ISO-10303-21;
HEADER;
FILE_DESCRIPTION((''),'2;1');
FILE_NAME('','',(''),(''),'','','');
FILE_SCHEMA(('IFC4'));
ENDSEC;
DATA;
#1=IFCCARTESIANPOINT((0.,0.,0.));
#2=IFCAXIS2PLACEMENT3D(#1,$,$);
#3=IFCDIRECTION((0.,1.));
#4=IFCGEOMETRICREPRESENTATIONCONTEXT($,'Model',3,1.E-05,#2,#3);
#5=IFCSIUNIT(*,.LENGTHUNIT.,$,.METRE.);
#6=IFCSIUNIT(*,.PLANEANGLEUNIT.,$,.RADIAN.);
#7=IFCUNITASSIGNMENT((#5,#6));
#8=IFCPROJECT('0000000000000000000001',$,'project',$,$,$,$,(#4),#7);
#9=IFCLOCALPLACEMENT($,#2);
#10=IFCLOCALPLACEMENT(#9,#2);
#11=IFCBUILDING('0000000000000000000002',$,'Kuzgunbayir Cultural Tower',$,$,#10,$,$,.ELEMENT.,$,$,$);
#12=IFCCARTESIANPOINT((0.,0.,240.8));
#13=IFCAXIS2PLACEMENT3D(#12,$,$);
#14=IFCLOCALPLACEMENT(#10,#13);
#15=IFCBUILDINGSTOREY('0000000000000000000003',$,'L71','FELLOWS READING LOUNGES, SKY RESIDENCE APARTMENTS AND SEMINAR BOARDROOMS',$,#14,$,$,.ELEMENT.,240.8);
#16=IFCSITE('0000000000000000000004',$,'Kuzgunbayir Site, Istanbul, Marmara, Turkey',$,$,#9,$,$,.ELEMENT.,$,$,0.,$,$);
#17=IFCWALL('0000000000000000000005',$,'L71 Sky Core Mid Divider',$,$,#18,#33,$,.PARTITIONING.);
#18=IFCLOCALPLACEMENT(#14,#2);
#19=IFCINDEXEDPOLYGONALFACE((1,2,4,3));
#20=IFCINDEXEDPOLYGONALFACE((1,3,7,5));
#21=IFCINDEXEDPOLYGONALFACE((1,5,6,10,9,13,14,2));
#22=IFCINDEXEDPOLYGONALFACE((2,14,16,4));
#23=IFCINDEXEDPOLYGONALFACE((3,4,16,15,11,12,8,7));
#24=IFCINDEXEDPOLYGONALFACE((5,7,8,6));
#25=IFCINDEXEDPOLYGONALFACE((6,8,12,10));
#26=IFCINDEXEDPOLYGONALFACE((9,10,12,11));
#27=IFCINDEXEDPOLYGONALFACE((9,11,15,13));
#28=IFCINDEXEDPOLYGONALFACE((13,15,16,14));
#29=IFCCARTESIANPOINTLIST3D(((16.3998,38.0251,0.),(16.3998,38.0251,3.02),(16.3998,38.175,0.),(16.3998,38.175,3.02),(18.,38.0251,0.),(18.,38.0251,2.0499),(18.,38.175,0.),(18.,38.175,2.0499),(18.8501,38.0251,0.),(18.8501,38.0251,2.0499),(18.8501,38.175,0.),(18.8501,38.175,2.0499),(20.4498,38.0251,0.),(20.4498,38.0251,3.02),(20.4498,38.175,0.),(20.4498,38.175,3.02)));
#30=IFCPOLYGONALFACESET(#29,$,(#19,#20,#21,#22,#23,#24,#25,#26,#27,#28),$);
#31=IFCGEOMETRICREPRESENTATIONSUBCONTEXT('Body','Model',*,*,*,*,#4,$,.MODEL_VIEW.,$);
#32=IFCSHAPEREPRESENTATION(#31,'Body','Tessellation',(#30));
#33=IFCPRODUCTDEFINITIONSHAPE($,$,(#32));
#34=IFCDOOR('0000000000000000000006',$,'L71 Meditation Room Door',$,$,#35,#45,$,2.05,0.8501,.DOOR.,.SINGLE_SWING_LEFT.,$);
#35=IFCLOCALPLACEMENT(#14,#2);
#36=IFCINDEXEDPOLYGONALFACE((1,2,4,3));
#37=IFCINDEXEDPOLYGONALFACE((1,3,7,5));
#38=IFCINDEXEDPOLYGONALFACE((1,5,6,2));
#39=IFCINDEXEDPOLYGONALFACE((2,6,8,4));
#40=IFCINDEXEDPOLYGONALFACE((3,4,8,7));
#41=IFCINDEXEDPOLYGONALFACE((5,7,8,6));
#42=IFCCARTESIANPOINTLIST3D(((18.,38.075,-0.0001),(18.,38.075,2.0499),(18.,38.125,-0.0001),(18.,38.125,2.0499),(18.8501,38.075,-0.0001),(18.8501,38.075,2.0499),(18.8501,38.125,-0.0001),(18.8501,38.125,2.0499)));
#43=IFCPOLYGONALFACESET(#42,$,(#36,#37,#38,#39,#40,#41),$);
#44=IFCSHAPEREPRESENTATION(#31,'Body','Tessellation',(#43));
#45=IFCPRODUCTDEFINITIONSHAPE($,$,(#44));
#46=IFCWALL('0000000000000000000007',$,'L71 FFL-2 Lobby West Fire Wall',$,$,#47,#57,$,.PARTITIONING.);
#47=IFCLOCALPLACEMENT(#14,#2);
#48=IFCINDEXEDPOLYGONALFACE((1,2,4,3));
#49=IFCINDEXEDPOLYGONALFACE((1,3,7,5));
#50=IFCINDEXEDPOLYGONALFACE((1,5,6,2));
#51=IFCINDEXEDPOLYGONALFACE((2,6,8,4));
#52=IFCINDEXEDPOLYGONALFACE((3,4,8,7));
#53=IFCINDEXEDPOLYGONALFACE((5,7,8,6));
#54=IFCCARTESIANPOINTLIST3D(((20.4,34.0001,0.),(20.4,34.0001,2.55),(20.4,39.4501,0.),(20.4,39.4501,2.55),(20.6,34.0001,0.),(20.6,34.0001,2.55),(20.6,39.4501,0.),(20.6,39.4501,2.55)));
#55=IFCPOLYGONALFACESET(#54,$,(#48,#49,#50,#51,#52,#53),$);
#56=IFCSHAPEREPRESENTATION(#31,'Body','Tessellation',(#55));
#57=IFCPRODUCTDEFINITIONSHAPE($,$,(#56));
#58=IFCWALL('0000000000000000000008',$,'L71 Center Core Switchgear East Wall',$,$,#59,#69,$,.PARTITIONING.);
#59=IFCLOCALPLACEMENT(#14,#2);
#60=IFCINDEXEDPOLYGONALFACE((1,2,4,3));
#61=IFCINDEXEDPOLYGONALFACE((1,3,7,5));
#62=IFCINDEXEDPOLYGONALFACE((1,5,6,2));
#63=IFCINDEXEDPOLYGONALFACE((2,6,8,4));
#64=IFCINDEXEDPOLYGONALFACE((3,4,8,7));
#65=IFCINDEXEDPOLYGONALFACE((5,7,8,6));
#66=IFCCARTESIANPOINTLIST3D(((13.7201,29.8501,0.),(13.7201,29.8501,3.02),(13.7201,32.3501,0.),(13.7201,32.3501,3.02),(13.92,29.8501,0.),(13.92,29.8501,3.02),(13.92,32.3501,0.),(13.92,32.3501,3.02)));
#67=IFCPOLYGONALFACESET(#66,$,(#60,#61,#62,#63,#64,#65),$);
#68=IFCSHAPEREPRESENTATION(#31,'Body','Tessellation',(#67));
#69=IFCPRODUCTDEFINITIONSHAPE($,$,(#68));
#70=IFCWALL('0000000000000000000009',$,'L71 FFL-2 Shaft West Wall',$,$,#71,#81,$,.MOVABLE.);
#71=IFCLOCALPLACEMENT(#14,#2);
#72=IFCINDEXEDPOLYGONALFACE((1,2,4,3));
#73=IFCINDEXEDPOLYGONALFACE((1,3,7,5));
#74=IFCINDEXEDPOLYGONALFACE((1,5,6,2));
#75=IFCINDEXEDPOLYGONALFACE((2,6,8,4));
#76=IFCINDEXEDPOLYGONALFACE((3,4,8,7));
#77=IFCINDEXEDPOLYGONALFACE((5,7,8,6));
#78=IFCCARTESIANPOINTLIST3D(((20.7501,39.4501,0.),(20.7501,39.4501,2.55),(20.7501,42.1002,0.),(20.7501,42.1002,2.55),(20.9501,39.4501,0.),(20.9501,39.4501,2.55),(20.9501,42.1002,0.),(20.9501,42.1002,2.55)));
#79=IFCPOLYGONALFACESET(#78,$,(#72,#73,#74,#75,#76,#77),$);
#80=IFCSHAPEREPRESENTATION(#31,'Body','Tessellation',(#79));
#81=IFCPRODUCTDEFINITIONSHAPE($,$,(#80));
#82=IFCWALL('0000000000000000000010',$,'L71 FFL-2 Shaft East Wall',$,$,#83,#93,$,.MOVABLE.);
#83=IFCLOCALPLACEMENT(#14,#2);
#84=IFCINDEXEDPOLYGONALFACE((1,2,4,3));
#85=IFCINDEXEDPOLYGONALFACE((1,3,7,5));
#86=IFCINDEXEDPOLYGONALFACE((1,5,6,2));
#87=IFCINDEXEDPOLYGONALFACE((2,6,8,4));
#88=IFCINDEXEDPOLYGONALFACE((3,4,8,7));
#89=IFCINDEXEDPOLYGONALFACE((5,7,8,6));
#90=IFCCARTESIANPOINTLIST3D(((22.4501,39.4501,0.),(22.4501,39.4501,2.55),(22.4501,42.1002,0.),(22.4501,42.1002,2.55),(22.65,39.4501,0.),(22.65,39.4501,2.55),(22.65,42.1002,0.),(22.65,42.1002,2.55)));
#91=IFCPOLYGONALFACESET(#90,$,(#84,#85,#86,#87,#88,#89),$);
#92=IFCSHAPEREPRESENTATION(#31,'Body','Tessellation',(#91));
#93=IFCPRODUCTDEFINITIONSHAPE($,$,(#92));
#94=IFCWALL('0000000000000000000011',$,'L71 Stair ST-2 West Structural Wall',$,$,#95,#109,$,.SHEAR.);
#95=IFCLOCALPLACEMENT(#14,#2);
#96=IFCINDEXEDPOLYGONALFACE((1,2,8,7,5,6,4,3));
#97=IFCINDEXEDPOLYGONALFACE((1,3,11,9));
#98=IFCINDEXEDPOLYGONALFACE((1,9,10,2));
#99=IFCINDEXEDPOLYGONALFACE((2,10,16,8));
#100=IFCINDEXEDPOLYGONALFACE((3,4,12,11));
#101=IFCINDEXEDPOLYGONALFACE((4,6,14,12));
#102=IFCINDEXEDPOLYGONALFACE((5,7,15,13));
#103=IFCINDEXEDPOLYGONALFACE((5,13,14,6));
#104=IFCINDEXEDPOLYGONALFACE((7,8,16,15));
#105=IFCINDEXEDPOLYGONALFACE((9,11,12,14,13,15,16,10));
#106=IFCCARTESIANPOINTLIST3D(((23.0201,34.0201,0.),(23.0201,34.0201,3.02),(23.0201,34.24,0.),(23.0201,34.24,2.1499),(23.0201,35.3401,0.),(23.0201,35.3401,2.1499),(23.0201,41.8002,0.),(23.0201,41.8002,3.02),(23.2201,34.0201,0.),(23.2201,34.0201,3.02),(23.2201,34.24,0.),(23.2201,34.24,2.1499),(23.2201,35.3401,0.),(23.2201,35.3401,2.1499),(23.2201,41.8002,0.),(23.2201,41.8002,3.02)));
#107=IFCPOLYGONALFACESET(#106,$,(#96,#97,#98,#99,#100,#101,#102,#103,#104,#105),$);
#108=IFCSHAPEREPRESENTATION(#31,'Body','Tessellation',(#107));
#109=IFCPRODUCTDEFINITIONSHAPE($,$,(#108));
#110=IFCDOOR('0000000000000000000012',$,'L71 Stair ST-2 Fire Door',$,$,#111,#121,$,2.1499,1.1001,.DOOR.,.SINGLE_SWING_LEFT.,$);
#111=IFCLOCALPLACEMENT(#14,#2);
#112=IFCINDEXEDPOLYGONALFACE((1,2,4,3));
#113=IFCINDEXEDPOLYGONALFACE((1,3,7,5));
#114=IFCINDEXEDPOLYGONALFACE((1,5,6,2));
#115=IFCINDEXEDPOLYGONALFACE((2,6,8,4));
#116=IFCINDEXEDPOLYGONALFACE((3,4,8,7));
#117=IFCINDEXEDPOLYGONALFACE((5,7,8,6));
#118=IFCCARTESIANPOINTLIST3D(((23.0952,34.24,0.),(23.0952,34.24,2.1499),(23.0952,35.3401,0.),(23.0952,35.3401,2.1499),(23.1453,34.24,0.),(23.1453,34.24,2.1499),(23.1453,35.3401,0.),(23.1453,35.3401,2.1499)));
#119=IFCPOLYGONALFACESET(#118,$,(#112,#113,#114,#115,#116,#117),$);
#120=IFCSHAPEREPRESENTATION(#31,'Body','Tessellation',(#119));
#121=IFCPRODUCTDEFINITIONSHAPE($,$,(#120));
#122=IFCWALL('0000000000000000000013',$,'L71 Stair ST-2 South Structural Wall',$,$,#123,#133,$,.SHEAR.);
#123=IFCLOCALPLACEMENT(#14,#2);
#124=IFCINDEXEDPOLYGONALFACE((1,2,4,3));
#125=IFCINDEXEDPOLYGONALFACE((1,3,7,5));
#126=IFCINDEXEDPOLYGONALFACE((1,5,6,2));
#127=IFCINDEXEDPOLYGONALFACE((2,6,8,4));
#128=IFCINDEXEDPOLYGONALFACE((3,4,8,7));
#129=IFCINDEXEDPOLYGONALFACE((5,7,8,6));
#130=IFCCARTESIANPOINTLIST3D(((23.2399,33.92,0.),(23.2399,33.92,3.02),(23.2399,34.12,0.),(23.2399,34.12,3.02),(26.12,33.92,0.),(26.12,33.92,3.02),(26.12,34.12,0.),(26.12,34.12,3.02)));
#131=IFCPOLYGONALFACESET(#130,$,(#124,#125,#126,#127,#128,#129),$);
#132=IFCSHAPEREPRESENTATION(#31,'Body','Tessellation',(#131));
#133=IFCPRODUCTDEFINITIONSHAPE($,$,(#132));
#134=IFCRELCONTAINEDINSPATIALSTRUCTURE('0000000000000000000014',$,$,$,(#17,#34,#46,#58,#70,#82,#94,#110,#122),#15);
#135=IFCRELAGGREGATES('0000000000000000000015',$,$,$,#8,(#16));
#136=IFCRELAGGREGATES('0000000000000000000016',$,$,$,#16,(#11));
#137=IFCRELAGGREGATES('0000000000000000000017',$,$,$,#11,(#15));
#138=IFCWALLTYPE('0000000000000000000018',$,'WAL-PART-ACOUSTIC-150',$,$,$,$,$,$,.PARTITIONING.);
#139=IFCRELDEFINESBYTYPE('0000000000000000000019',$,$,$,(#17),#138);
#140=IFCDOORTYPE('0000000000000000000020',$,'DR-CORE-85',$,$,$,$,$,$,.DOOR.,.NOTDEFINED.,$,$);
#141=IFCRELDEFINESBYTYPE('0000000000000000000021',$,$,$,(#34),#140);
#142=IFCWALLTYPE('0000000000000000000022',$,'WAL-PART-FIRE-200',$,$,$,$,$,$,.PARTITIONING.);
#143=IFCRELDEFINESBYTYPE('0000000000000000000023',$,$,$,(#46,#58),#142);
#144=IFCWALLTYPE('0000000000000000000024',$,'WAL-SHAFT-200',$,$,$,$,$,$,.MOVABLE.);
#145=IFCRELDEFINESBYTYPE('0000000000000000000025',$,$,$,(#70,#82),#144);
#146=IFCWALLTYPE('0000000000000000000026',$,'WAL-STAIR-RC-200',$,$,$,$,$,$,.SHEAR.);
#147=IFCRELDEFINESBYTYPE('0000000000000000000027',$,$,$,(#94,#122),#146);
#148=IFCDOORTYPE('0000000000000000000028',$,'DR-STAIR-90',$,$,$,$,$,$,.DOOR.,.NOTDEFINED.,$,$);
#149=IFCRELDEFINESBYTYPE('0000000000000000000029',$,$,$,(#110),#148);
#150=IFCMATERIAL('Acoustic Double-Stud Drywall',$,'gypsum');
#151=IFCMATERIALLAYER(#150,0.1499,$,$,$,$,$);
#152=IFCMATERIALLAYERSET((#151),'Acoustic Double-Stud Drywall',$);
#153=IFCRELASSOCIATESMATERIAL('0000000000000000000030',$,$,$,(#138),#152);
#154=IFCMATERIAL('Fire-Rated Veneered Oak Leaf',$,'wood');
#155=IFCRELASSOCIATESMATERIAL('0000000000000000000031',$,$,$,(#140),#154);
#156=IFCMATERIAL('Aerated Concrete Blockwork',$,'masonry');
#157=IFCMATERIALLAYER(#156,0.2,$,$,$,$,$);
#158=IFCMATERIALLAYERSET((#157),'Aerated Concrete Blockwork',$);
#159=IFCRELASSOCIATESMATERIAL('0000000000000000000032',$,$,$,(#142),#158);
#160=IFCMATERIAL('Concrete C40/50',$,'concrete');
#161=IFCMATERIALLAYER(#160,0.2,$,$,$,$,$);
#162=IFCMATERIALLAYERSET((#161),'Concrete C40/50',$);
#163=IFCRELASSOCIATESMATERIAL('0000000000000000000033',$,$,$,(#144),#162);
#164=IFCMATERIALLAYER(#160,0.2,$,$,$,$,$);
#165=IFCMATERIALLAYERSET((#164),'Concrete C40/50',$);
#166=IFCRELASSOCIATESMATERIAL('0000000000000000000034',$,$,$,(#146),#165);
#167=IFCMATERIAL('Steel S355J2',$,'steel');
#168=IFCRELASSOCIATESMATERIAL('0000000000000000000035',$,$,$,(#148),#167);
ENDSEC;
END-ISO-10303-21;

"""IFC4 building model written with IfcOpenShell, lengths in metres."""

from ifc_helpers import new_model, si_unit, direction, frame, frame_2d, origin, place, context, subcontext, project, spatial, rectangle, extrude, material, layer, layer_set, type_object, element, fill, save


model = new_model("IFC4")

# Units and contexts
model_context = context("Model", 3, precision=1e-05, world=origin(), true_north=direction((0.0, 1.0)))
body_context = subcontext(model_context, "Body", "Model", "MODEL_VIEW")
ifc_project = project(units=[si_unit("LENGTHUNIT", "METRE"), si_unit("PLANEANGLEUNIT", "RADIAN")], contexts=[model_context])

# Site, building, storey
site_placement = place(None, origin())
site = spatial("IfcSite", under=ifc_project, at=site_placement, Name="Kuzgunbayir Site, Istanbul, Marmara, Turkey", CompositionType="ELEMENT", RefElevation=0.0)
building_placement = place(site_placement, origin())
building = spatial("IfcBuilding", under=site, at=building_placement, Name="Kuzgunbayir Cultural Tower", CompositionType="ELEMENT")
storey_placement = place(building_placement, frame((0.0, 0.0, 240.8)))
storey = spatial("IfcBuildingStorey", under=building, at=storey_placement, Name="L71", Description="FELLOWS READING LOUNGES, SKY RESIDENCE APARTMENTS AND SEMINAR BOARDROOMS", CompositionType="ELEMENT", Elevation=240.8)

# Shared definitions
ifc_material_1 = material(Name="Steel S355J2", Category="steel")

# Shared definitions
ifc_material_2 = material(Name="Acoustic Double-Stud Drywall", Category="gypsum")
ifc_layer_1 = layer(ifc_material_2, 0.1499)
ifc_layer_set_1 = layer_set([ifc_layer_1], Name="Acoustic Double-Stud Drywall")
wall_type_1 = type_object("IfcWallType", Name="WAL-PART-ACOUSTIC-150", PredefinedType="PARTITIONING", material=ifc_layer_set_1)

# Wall, opening, door
wall_1_placement = place(storey_placement, frame((16.3999, 38.1001, 0.0), z_axis=(0.0, 0.0, 1.0), x_axis=(1.0, 0.0, 0.0)))
wall_1 = element("IfcWall", 1, at=wall_1_placement, inside=storey, type_object=wall_type_1, Name="L71 Sky Core Mid Divider", PredefinedType="PARTITIONING", context=body_context, shape_type="SweptSolid", body=[
    extrude(rectangle(XDim=4.05, YDim=0.1499, at=frame_2d((2.0249, 0.0))), origin(), (0.0, 0.0, 1.0), 3.02),
])
opening_1_placement = place(wall_1_placement, frame((1.6001, 0.0, 0.0)))
opening_1 = element("IfcOpeningElement", 2, at=opening_1_placement, cuts=wall_1, PredefinedType="OPENING", context=body_context, shape_type="SweptSolid", body=[
    extrude(rectangle(XDim=0.8501, YDim=2.05, at=frame_2d((0.425, 1.0249))), frame((0.0, 0.085, 0.0), z_axis=(0.0, -1.0, 0.0), x_axis=(1.0, 0.0, 0.0)), (0.0, 0.0, 1.0), 0.1699),
])
ifc_material_3 = material(Name="Fire-Rated Veneered Oak Leaf", Category="wood")
door_type_1 = type_object("IfcDoorType", Name="DR-CORE-85", OperationType="NOTDEFINED", PredefinedType="DOOR", material=ifc_material_3)
door_1_placement = place(opening_1_placement, origin())
door_1 = element("IfcDoor", 3, at=door_1_placement, inside=storey, type_object=door_type_1, Name="L71 Meditation Room Door", OperationType="SINGLE_SWING_LEFT", OverallHeight=2.05, OverallWidth=0.8501, PredefinedType="DOOR", context=body_context, shape_type="SweptSolid", body=[
    extrude(rectangle(XDim=0.8501, YDim=2.05, at=frame_2d((0.425, 1.0249))), frame((0.0, 0.0249, 0.0), z_axis=(0.0, -1.0, 0.0), x_axis=(1.0, 0.0, 0.0)), (0.0, 0.0, 1.0), 0.05),
])
fill(opening_1, door_1)

# Wall
ifc_material_4 = material(Name="Aerated Concrete Blockwork", Category="masonry")
ifc_layer_2 = layer(ifc_material_4, 0.2)
ifc_layer_set_2 = layer_set([ifc_layer_2], Name="Aerated Concrete Blockwork")
wall_type_2 = type_object("IfcWallType", Name="WAL-PART-FIRE-200", PredefinedType="PARTITIONING", material=ifc_layer_set_2)
wall_2_placement = place(storey_placement, frame((20.5, 34.0, 0.0), z_axis=(0.0, 0.0, 1.0), x_axis=(0.0, 1.0, 0.0)))
element("IfcWall", 4, at=wall_2_placement, inside=storey, type_object=wall_type_2, Name="L71 FFL-2 Lobby West Fire Wall", PredefinedType="PARTITIONING", context=body_context, shape_type="SweptSolid", body=[
    extrude(rectangle(XDim=5.45, YDim=0.2, at=frame_2d((2.7251, 0.0))), origin(), (0.0, 0.0, 1.0), 2.55),
])

# Wall
wall_3_placement = place(storey_placement, frame((13.8201, 29.8501, 0.0), z_axis=(0.0, 0.0, 1.0), x_axis=(0.0, 1.0, 0.0)))
element("IfcWall", 5, at=wall_3_placement, inside=storey, type_object=wall_type_2, Name="L71 Center Core Switchgear East Wall", PredefinedType="PARTITIONING", context=body_context, shape_type="SweptSolid", body=[
    extrude(rectangle(XDim=2.5, YDim=0.2, at=frame_2d((1.25, 0.0))), origin(), (0.0, 0.0, 1.0), 3.02),
])

# Shared definitions
ifc_material_5 = material(Name="Concrete C40/50", Category="concrete")
ifc_layer_3 = layer(ifc_material_5, 0.2)
ifc_layer_set_3 = layer_set([ifc_layer_3], Name="Concrete C40/50")
wall_type_3 = type_object("IfcWallType", Name="WAL-SHAFT-200", PredefinedType="MOVABLE", material=ifc_layer_set_3)

# Walls
for number, where, z_axis, x_axis, name in (
    (6, (20.8501, 39.45, 0.0), (0.0, 0.0, 1.0), (0.0, 1.0, 0.0), "L71 FFL-2 Shaft West Wall"),
    (7, (22.55, 39.45, 0.0), (0.0, 0.0, 1.0), (0.0, 1.0, 0.0), "L71 FFL-2 Shaft East Wall"),
):
    element("IfcWall", number, at=place(storey_placement, frame(where, z_axis=z_axis, x_axis=x_axis)), inside=storey, type_object=wall_type_3, Name=name, PredefinedType="MOVABLE", context=body_context, shape_type="SweptSolid", body=[
        extrude(rectangle(XDim=2.6501, YDim=0.2, at=frame_2d((1.3252, 0.0))), origin(), (0.0, 0.0, 1.0), 2.55),
    ])

# Wall, opening, door
ifc_layer_4 = layer(ifc_material_5, 0.2)
ifc_layer_set_4 = layer_set([ifc_layer_4], Name="Concrete C40/50")
wall_type_4 = type_object("IfcWallType", Name="WAL-STAIR-RC-200", PredefinedType="SHEAR", material=ifc_layer_set_4)
wall_4_placement = place(storey_placement, frame((23.1201, 34.02, 0.0), z_axis=(0.0, 0.0, 1.0), x_axis=(0.0, 1.0, 0.0)))
wall_4 = element("IfcWall", 8, at=wall_4_placement, inside=storey, type_object=wall_type_4, Name="L71 Stair ST-2 West Structural Wall", PredefinedType="SHEAR", context=body_context, shape_type="SweptSolid", body=[
    extrude(rectangle(XDim=7.78, YDim=0.2, at=frame_2d((3.8901, 0.0))), origin(), (0.0, 0.0, 1.0), 3.02),
])
opening_2_placement = place(wall_4_placement, frame((0.22, 0.0, 0.0)))
opening_2 = element("IfcOpeningElement", 9, at=opening_2_placement, cuts=wall_4, PredefinedType="OPENING", context=body_context, shape_type="SweptSolid", body=[
    extrude(rectangle(XDim=1.1001, YDim=2.1499, at=frame_2d((0.55, 1.075))), frame((0.0, 0.1099, 0.0), z_axis=(0.0, -1.0, 0.0), x_axis=(1.0, 0.0, 0.0)), (0.0, 0.0, 1.0), 0.22),
])
door_type_2 = type_object("IfcDoorType", Name="DR-STAIR-90", OperationType="NOTDEFINED", PredefinedType="DOOR", material=ifc_material_1)
door_2_placement = place(opening_2_placement, origin())
door_2 = element("IfcDoor", 10, at=door_2_placement, inside=storey, type_object=door_type_2, Name="L71 Stair ST-2 Fire Door", OperationType="SINGLE_SWING_LEFT", OverallHeight=2.1499, OverallWidth=1.1001, PredefinedType="DOOR", context=body_context, shape_type="SweptSolid", body=[
    extrude(rectangle(XDim=1.1001, YDim=2.1499, at=frame_2d((0.55, 1.075))), frame((0.0, 0.0249, 0.0), z_axis=(0.0, -1.0, 0.0), x_axis=(1.0, 0.0, 0.0)), (0.0, 0.0, 1.0), 0.05),
])
fill(opening_2, door_2)

# Wall
wall_5_placement = place(storey_placement, frame((23.24, 34.02, 0.0), z_axis=(0.0, 0.0, 1.0), x_axis=(1.0, 0.0, 0.0)))
element("IfcWall", 11, at=wall_5_placement, inside=storey, type_object=wall_type_4, Name="L71 Stair ST-2 South Structural Wall", PredefinedType="SHEAR", context=body_context, shape_type="SweptSolid", body=[
    extrude(rectangle(XDim=2.8801, YDim=0.2, at=frame_2d((1.4399, 0.0))), origin(), (0.0, 0.0, 1.0), 3.02),
])

save(model, "model.ifc")
